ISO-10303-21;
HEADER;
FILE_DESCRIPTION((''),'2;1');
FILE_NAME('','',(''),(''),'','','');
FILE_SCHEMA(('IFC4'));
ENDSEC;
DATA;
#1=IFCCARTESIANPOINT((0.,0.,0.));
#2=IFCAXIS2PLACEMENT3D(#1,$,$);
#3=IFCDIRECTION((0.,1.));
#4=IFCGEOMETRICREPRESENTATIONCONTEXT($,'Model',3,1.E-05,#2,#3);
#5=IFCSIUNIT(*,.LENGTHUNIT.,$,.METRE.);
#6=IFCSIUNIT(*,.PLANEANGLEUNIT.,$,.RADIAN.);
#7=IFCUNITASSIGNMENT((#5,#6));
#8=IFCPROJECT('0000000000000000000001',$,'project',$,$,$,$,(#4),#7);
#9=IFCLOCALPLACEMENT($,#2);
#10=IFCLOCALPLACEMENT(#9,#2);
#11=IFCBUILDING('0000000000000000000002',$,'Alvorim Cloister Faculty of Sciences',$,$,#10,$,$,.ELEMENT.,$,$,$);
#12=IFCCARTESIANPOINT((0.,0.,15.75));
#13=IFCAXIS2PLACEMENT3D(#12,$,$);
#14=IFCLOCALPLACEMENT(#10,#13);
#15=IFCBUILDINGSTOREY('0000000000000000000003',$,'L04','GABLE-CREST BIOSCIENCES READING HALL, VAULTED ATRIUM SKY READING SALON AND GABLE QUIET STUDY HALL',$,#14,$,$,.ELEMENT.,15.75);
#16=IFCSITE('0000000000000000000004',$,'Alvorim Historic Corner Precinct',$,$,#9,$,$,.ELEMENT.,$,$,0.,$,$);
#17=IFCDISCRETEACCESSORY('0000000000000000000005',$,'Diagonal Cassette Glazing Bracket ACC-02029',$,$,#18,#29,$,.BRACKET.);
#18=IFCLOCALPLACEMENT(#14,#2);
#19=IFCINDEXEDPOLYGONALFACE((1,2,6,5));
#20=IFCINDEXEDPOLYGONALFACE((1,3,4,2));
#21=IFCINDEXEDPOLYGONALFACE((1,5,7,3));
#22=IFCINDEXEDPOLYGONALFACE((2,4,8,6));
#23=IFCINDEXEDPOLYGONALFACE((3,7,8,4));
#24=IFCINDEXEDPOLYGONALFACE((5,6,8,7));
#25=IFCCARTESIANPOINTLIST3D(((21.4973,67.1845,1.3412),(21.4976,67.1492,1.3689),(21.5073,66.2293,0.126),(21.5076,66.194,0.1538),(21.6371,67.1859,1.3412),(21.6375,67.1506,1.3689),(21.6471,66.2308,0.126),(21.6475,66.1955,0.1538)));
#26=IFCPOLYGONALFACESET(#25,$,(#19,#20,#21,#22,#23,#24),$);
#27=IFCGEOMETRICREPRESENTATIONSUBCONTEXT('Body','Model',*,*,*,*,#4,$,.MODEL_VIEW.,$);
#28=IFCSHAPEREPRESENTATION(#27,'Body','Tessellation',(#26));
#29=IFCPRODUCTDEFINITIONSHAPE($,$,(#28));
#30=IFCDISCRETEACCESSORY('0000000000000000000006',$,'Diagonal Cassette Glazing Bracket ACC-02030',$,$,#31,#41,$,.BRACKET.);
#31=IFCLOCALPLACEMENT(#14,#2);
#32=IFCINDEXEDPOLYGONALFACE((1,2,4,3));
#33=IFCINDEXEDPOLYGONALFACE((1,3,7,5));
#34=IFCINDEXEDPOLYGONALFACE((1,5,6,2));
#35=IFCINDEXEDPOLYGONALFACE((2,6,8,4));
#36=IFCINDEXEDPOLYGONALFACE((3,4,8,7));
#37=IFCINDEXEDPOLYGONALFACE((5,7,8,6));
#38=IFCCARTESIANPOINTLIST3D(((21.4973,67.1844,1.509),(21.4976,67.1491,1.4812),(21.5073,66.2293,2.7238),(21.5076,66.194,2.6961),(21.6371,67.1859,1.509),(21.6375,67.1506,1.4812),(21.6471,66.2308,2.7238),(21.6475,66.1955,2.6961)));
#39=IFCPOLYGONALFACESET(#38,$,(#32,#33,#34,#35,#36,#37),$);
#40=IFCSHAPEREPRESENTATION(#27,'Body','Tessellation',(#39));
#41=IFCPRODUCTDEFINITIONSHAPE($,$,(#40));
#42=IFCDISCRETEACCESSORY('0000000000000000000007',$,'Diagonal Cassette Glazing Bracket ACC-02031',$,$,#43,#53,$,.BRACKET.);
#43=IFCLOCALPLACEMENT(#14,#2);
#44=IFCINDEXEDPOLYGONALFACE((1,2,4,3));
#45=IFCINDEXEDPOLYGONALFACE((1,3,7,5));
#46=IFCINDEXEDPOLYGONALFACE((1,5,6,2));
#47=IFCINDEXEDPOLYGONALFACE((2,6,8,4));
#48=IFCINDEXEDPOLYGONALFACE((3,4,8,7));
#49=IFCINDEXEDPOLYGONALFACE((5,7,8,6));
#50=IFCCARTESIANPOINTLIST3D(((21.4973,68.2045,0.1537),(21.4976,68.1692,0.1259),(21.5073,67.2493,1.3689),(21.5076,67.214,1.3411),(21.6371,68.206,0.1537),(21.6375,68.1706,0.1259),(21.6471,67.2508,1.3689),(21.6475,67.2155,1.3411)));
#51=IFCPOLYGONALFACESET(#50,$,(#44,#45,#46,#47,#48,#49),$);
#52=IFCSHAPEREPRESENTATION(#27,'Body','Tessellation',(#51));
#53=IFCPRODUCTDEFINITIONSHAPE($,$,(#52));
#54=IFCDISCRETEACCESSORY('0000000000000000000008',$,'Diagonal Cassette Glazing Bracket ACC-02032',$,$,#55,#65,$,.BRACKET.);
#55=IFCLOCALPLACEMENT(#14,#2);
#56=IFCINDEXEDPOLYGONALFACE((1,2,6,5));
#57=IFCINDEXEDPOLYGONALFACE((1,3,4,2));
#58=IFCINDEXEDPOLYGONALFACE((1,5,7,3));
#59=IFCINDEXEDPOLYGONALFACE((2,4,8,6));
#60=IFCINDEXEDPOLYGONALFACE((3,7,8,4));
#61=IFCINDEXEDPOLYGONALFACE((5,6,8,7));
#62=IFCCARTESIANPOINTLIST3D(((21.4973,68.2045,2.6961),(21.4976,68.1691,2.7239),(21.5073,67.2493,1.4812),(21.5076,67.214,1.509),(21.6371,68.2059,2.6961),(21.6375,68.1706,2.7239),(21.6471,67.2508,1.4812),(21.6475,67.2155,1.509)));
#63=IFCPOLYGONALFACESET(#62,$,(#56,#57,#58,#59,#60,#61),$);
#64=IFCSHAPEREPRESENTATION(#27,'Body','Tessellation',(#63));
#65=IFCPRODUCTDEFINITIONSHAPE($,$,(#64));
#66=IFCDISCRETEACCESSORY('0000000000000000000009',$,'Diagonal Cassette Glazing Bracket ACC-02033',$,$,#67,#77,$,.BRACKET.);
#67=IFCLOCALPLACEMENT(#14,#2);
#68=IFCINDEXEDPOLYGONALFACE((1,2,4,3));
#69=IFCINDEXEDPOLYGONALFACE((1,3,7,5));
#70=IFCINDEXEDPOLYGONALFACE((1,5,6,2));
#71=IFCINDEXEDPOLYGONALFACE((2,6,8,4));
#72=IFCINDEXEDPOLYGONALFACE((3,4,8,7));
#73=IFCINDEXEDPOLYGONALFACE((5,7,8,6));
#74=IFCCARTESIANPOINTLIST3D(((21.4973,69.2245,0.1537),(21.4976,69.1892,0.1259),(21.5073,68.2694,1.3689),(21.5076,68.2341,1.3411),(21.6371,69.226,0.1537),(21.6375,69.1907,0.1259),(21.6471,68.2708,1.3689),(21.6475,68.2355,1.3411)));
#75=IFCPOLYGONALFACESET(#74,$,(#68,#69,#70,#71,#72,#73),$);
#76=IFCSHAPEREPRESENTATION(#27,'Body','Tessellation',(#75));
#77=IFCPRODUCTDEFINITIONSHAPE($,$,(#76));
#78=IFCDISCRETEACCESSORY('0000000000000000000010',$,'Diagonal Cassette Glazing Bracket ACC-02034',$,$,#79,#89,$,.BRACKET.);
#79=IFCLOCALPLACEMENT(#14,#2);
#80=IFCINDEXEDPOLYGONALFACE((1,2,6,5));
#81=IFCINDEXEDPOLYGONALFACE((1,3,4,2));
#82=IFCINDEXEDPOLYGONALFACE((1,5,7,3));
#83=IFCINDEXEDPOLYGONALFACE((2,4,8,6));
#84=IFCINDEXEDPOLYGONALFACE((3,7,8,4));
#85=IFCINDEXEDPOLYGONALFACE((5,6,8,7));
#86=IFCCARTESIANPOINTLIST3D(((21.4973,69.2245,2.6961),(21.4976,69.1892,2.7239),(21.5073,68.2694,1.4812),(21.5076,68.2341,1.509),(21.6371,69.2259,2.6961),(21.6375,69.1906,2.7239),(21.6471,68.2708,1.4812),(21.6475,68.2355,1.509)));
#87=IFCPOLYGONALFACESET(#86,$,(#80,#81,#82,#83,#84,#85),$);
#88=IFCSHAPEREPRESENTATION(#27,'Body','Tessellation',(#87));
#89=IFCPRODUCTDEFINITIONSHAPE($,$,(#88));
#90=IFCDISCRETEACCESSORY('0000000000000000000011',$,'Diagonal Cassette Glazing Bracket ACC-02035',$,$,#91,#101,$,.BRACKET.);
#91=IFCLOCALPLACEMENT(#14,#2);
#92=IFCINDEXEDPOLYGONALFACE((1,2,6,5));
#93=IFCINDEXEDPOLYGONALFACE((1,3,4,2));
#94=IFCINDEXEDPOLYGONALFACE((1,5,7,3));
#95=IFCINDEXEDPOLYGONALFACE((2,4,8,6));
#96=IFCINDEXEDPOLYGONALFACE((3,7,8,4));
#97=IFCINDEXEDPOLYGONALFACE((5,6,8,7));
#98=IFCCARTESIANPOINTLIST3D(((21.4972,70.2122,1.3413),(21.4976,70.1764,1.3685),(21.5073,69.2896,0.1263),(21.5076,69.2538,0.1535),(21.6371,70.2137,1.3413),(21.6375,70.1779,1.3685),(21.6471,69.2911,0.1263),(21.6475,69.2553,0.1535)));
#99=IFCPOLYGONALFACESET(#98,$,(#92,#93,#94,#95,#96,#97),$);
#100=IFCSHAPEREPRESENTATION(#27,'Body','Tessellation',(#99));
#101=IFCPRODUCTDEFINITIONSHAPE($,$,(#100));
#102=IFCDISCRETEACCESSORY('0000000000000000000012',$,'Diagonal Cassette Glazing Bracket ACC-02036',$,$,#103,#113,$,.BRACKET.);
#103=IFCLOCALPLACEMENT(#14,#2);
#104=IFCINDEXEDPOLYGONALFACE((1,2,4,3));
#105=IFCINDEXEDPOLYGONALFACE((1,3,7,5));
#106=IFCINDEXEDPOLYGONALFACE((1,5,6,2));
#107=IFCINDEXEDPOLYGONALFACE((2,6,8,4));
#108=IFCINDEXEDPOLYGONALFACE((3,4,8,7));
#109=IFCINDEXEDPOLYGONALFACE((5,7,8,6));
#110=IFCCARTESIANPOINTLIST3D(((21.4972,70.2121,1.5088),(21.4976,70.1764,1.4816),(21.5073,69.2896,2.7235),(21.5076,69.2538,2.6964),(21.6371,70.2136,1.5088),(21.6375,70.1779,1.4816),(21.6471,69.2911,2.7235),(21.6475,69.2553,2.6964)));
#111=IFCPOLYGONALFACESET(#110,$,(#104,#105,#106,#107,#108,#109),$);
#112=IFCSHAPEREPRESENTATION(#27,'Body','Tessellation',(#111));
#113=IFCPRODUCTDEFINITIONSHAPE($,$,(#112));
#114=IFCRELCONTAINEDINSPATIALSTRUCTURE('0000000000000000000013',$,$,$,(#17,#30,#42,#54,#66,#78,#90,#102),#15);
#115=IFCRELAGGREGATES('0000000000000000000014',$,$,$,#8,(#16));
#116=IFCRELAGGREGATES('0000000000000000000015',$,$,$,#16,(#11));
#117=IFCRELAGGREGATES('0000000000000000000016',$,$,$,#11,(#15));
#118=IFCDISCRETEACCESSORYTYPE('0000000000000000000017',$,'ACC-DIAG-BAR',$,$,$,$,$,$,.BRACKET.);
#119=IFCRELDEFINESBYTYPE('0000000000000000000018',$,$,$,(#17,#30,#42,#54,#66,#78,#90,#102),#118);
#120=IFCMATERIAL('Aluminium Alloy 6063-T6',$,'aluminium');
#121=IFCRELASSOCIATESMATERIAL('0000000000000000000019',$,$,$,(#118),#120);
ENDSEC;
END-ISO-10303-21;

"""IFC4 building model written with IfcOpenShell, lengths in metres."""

from ifc_helpers import new_model, si_unit, direction, frame, origin, origin_2d, place, context, subcontext, project, spatial, rectangle, extrude, material, type_object, element, save


model = new_model("IFC4")

# Units and contexts
model_context = context("Model", 3, precision=1e-05, world=origin(), true_north=direction((0.0, 1.0)))
body_context = subcontext(model_context, "Body", "Model", "MODEL_VIEW")
ifc_project = project(units=[si_unit("LENGTHUNIT", "METRE"), si_unit("PLANEANGLEUNIT", "RADIAN")], contexts=[model_context])

# Site, building, storey
site_placement = place(None, origin())
site = spatial("IfcSite", under=ifc_project, at=site_placement, Name="Alvorim Historic Corner Precinct", CompositionType="ELEMENT", RefElevation=0.0)
building_placement = place(site_placement, origin())
building = spatial("IfcBuilding", under=site, at=building_placement, Name="Alvorim Cloister Faculty of Sciences", CompositionType="ELEMENT")
storey_placement = place(building_placement, frame((0.0, 0.0, 15.75)))
storey = spatial("IfcBuildingStorey", under=building, at=storey_placement, Name="L04", Description="GABLE-CREST BIOSCIENCES READING HALL, VAULTED ATRIUM SKY READING SALON AND GABLE QUIET STUDY HALL", CompositionType="ELEMENT", Elevation=15.75)

# Discrete accessories
ifc_material_1 = material(Name="Aluminium Alloy 6063-T6", Category="aluminium")
discrete_accessory_type = type_object("IfcDiscreteAccessoryType", Name="ACC-DIAG-BAR", PredefinedType="BRACKET", material=ifc_material_1)
discrete_accessory_1_placement = place(storey_placement, frame((21.5774, 66.2124, 0.1399), z_axis=(-0.006477, 0.617955, 0.786187), x_axis=(-0.999945, -0.01048, 0.0)))
element("IfcDiscreteAccessory", 1, at=discrete_accessory_1_placement, inside=storey, type_object=discrete_accessory_type, Name="Diagonal Cassette Glazing Bracket ACC-02029", PredefinedType="BRACKET", context=body_context, shape_type="SweptSolid", body=[
    extrude(rectangle(XDim=0.1399, YDim=0.0449, at=origin_2d()), origin(), (0.0, 0.0, 1.0), 1.5457),
])
discrete_accessory_2_placement = place(storey_placement, frame((21.5774, 66.2124, 2.71), z_axis=(-0.006477, 0.618032, -0.786126), x_axis=(-0.999945, -0.01048, 0.0)))
element("IfcDiscreteAccessory", 2, at=discrete_accessory_2_placement, inside=storey, type_object=discrete_accessory_type, Name="Diagonal Cassette Glazing Bracket ACC-02030", PredefinedType="BRACKET", context=body_context, shape_type="SweptSolid", body=[
    extrude(rectangle(XDim=0.1399, YDim=0.0449, at=origin_2d()), origin(), (0.0, 0.0, 1.0), 1.5454),
])
discrete_accessory_3_placement = place(storey_placement, frame((21.5774, 67.2324, 1.355), z_axis=(-0.006477, 0.617955, -0.786187), x_axis=(-0.999945, -0.01048, 0.0)))
element("IfcDiscreteAccessory", 3, at=discrete_accessory_3_placement, inside=storey, type_object=discrete_accessory_type, Name="Diagonal Cassette Glazing Bracket ACC-02031", PredefinedType="BRACKET", context=body_context, shape_type="SweptSolid", body=[
    extrude(rectangle(XDim=0.1399, YDim=0.0449, at=origin_2d()), origin(), (0.0, 0.0, 1.0), 1.5457),
])
discrete_accessory_4_placement = place(storey_placement, frame((21.5774, 67.2324, 1.4951), z_axis=(-0.006477, 0.618032, 0.786126), x_axis=(-0.999945, -0.01048, 0.0)))
element("IfcDiscreteAccessory", 4, at=discrete_accessory_4_placement, inside=storey, type_object=discrete_accessory_type, Name="Diagonal Cassette Glazing Bracket ACC-02032", PredefinedType="BRACKET", context=body_context, shape_type="SweptSolid", body=[
    extrude(rectangle(XDim=0.1399, YDim=0.0449, at=origin_2d()), origin(), (0.0, 0.0, 1.0), 1.5454),
])
discrete_accessory_5_placement = place(storey_placement, frame((21.5774, 68.2524, 1.355), z_axis=(-0.006477, 0.617955, -0.786187), x_axis=(-0.999945, -0.01048, 0.0)))
element("IfcDiscreteAccessory", 5, at=discrete_accessory_5_placement, inside=storey, type_object=discrete_accessory_type, Name="Diagonal Cassette Glazing Bracket ACC-02033", PredefinedType="BRACKET", context=body_context, shape_type="SweptSolid", body=[
    extrude(rectangle(XDim=0.1399, YDim=0.0449, at=origin_2d()), origin(), (0.0, 0.0, 1.0), 1.5457),
])
discrete_accessory_6_placement = place(storey_placement, frame((21.5774, 68.2524, 1.4951), z_axis=(-0.006477, 0.618032, 0.786126), x_axis=(-0.999945, -0.01048, 0.0)))
element("IfcDiscreteAccessory", 6, at=discrete_accessory_6_placement, inside=storey, type_object=discrete_accessory_type, Name="Diagonal Cassette Glazing Bracket ACC-02034", PredefinedType="BRACKET", context=body_context, shape_type="SweptSolid", body=[
    extrude(rectangle(XDim=0.1399, YDim=0.0449, at=origin_2d()), origin(), (0.0, 0.0, 1.0), 1.5454),
])
discrete_accessory_7_placement = place(storey_placement, frame((21.5774, 69.2725, 0.1399), z_axis=(-0.006561, 0.604713, 0.796416), x_axis=(-0.999941, -0.010849, 0.0)))
element("IfcDiscreteAccessory", 7, at=discrete_accessory_7_placement, inside=storey, type_object=discrete_accessory_type, Name="Diagonal Cassette Glazing Bracket ACC-02035", PredefinedType="BRACKET", context=body_context, shape_type="SweptSolid", body=[
    extrude(rectangle(XDim=0.1399, YDim=0.0449, at=origin_2d()), origin(), (0.0, 0.0, 1.0), 1.5256),
])
discrete_accessory_8_placement = place(storey_placement, frame((21.5774, 69.2725, 2.71), z_axis=(-0.006562, 0.60479, -0.796358), x_axis=(-0.999941, -0.010849, 0.0)))
element("IfcDiscreteAccessory", 8, at=discrete_accessory_8_placement, inside=storey, type_object=discrete_accessory_type, Name="Diagonal Cassette Glazing Bracket ACC-02036", PredefinedType="BRACKET", context=body_context, shape_type="SweptSolid", body=[
    extrude(rectangle(XDim=0.1399, YDim=0.0449, at=origin_2d()), origin(), (0.0, 0.0, 1.0), 1.5254),
])

save(model, "model.ifc")
